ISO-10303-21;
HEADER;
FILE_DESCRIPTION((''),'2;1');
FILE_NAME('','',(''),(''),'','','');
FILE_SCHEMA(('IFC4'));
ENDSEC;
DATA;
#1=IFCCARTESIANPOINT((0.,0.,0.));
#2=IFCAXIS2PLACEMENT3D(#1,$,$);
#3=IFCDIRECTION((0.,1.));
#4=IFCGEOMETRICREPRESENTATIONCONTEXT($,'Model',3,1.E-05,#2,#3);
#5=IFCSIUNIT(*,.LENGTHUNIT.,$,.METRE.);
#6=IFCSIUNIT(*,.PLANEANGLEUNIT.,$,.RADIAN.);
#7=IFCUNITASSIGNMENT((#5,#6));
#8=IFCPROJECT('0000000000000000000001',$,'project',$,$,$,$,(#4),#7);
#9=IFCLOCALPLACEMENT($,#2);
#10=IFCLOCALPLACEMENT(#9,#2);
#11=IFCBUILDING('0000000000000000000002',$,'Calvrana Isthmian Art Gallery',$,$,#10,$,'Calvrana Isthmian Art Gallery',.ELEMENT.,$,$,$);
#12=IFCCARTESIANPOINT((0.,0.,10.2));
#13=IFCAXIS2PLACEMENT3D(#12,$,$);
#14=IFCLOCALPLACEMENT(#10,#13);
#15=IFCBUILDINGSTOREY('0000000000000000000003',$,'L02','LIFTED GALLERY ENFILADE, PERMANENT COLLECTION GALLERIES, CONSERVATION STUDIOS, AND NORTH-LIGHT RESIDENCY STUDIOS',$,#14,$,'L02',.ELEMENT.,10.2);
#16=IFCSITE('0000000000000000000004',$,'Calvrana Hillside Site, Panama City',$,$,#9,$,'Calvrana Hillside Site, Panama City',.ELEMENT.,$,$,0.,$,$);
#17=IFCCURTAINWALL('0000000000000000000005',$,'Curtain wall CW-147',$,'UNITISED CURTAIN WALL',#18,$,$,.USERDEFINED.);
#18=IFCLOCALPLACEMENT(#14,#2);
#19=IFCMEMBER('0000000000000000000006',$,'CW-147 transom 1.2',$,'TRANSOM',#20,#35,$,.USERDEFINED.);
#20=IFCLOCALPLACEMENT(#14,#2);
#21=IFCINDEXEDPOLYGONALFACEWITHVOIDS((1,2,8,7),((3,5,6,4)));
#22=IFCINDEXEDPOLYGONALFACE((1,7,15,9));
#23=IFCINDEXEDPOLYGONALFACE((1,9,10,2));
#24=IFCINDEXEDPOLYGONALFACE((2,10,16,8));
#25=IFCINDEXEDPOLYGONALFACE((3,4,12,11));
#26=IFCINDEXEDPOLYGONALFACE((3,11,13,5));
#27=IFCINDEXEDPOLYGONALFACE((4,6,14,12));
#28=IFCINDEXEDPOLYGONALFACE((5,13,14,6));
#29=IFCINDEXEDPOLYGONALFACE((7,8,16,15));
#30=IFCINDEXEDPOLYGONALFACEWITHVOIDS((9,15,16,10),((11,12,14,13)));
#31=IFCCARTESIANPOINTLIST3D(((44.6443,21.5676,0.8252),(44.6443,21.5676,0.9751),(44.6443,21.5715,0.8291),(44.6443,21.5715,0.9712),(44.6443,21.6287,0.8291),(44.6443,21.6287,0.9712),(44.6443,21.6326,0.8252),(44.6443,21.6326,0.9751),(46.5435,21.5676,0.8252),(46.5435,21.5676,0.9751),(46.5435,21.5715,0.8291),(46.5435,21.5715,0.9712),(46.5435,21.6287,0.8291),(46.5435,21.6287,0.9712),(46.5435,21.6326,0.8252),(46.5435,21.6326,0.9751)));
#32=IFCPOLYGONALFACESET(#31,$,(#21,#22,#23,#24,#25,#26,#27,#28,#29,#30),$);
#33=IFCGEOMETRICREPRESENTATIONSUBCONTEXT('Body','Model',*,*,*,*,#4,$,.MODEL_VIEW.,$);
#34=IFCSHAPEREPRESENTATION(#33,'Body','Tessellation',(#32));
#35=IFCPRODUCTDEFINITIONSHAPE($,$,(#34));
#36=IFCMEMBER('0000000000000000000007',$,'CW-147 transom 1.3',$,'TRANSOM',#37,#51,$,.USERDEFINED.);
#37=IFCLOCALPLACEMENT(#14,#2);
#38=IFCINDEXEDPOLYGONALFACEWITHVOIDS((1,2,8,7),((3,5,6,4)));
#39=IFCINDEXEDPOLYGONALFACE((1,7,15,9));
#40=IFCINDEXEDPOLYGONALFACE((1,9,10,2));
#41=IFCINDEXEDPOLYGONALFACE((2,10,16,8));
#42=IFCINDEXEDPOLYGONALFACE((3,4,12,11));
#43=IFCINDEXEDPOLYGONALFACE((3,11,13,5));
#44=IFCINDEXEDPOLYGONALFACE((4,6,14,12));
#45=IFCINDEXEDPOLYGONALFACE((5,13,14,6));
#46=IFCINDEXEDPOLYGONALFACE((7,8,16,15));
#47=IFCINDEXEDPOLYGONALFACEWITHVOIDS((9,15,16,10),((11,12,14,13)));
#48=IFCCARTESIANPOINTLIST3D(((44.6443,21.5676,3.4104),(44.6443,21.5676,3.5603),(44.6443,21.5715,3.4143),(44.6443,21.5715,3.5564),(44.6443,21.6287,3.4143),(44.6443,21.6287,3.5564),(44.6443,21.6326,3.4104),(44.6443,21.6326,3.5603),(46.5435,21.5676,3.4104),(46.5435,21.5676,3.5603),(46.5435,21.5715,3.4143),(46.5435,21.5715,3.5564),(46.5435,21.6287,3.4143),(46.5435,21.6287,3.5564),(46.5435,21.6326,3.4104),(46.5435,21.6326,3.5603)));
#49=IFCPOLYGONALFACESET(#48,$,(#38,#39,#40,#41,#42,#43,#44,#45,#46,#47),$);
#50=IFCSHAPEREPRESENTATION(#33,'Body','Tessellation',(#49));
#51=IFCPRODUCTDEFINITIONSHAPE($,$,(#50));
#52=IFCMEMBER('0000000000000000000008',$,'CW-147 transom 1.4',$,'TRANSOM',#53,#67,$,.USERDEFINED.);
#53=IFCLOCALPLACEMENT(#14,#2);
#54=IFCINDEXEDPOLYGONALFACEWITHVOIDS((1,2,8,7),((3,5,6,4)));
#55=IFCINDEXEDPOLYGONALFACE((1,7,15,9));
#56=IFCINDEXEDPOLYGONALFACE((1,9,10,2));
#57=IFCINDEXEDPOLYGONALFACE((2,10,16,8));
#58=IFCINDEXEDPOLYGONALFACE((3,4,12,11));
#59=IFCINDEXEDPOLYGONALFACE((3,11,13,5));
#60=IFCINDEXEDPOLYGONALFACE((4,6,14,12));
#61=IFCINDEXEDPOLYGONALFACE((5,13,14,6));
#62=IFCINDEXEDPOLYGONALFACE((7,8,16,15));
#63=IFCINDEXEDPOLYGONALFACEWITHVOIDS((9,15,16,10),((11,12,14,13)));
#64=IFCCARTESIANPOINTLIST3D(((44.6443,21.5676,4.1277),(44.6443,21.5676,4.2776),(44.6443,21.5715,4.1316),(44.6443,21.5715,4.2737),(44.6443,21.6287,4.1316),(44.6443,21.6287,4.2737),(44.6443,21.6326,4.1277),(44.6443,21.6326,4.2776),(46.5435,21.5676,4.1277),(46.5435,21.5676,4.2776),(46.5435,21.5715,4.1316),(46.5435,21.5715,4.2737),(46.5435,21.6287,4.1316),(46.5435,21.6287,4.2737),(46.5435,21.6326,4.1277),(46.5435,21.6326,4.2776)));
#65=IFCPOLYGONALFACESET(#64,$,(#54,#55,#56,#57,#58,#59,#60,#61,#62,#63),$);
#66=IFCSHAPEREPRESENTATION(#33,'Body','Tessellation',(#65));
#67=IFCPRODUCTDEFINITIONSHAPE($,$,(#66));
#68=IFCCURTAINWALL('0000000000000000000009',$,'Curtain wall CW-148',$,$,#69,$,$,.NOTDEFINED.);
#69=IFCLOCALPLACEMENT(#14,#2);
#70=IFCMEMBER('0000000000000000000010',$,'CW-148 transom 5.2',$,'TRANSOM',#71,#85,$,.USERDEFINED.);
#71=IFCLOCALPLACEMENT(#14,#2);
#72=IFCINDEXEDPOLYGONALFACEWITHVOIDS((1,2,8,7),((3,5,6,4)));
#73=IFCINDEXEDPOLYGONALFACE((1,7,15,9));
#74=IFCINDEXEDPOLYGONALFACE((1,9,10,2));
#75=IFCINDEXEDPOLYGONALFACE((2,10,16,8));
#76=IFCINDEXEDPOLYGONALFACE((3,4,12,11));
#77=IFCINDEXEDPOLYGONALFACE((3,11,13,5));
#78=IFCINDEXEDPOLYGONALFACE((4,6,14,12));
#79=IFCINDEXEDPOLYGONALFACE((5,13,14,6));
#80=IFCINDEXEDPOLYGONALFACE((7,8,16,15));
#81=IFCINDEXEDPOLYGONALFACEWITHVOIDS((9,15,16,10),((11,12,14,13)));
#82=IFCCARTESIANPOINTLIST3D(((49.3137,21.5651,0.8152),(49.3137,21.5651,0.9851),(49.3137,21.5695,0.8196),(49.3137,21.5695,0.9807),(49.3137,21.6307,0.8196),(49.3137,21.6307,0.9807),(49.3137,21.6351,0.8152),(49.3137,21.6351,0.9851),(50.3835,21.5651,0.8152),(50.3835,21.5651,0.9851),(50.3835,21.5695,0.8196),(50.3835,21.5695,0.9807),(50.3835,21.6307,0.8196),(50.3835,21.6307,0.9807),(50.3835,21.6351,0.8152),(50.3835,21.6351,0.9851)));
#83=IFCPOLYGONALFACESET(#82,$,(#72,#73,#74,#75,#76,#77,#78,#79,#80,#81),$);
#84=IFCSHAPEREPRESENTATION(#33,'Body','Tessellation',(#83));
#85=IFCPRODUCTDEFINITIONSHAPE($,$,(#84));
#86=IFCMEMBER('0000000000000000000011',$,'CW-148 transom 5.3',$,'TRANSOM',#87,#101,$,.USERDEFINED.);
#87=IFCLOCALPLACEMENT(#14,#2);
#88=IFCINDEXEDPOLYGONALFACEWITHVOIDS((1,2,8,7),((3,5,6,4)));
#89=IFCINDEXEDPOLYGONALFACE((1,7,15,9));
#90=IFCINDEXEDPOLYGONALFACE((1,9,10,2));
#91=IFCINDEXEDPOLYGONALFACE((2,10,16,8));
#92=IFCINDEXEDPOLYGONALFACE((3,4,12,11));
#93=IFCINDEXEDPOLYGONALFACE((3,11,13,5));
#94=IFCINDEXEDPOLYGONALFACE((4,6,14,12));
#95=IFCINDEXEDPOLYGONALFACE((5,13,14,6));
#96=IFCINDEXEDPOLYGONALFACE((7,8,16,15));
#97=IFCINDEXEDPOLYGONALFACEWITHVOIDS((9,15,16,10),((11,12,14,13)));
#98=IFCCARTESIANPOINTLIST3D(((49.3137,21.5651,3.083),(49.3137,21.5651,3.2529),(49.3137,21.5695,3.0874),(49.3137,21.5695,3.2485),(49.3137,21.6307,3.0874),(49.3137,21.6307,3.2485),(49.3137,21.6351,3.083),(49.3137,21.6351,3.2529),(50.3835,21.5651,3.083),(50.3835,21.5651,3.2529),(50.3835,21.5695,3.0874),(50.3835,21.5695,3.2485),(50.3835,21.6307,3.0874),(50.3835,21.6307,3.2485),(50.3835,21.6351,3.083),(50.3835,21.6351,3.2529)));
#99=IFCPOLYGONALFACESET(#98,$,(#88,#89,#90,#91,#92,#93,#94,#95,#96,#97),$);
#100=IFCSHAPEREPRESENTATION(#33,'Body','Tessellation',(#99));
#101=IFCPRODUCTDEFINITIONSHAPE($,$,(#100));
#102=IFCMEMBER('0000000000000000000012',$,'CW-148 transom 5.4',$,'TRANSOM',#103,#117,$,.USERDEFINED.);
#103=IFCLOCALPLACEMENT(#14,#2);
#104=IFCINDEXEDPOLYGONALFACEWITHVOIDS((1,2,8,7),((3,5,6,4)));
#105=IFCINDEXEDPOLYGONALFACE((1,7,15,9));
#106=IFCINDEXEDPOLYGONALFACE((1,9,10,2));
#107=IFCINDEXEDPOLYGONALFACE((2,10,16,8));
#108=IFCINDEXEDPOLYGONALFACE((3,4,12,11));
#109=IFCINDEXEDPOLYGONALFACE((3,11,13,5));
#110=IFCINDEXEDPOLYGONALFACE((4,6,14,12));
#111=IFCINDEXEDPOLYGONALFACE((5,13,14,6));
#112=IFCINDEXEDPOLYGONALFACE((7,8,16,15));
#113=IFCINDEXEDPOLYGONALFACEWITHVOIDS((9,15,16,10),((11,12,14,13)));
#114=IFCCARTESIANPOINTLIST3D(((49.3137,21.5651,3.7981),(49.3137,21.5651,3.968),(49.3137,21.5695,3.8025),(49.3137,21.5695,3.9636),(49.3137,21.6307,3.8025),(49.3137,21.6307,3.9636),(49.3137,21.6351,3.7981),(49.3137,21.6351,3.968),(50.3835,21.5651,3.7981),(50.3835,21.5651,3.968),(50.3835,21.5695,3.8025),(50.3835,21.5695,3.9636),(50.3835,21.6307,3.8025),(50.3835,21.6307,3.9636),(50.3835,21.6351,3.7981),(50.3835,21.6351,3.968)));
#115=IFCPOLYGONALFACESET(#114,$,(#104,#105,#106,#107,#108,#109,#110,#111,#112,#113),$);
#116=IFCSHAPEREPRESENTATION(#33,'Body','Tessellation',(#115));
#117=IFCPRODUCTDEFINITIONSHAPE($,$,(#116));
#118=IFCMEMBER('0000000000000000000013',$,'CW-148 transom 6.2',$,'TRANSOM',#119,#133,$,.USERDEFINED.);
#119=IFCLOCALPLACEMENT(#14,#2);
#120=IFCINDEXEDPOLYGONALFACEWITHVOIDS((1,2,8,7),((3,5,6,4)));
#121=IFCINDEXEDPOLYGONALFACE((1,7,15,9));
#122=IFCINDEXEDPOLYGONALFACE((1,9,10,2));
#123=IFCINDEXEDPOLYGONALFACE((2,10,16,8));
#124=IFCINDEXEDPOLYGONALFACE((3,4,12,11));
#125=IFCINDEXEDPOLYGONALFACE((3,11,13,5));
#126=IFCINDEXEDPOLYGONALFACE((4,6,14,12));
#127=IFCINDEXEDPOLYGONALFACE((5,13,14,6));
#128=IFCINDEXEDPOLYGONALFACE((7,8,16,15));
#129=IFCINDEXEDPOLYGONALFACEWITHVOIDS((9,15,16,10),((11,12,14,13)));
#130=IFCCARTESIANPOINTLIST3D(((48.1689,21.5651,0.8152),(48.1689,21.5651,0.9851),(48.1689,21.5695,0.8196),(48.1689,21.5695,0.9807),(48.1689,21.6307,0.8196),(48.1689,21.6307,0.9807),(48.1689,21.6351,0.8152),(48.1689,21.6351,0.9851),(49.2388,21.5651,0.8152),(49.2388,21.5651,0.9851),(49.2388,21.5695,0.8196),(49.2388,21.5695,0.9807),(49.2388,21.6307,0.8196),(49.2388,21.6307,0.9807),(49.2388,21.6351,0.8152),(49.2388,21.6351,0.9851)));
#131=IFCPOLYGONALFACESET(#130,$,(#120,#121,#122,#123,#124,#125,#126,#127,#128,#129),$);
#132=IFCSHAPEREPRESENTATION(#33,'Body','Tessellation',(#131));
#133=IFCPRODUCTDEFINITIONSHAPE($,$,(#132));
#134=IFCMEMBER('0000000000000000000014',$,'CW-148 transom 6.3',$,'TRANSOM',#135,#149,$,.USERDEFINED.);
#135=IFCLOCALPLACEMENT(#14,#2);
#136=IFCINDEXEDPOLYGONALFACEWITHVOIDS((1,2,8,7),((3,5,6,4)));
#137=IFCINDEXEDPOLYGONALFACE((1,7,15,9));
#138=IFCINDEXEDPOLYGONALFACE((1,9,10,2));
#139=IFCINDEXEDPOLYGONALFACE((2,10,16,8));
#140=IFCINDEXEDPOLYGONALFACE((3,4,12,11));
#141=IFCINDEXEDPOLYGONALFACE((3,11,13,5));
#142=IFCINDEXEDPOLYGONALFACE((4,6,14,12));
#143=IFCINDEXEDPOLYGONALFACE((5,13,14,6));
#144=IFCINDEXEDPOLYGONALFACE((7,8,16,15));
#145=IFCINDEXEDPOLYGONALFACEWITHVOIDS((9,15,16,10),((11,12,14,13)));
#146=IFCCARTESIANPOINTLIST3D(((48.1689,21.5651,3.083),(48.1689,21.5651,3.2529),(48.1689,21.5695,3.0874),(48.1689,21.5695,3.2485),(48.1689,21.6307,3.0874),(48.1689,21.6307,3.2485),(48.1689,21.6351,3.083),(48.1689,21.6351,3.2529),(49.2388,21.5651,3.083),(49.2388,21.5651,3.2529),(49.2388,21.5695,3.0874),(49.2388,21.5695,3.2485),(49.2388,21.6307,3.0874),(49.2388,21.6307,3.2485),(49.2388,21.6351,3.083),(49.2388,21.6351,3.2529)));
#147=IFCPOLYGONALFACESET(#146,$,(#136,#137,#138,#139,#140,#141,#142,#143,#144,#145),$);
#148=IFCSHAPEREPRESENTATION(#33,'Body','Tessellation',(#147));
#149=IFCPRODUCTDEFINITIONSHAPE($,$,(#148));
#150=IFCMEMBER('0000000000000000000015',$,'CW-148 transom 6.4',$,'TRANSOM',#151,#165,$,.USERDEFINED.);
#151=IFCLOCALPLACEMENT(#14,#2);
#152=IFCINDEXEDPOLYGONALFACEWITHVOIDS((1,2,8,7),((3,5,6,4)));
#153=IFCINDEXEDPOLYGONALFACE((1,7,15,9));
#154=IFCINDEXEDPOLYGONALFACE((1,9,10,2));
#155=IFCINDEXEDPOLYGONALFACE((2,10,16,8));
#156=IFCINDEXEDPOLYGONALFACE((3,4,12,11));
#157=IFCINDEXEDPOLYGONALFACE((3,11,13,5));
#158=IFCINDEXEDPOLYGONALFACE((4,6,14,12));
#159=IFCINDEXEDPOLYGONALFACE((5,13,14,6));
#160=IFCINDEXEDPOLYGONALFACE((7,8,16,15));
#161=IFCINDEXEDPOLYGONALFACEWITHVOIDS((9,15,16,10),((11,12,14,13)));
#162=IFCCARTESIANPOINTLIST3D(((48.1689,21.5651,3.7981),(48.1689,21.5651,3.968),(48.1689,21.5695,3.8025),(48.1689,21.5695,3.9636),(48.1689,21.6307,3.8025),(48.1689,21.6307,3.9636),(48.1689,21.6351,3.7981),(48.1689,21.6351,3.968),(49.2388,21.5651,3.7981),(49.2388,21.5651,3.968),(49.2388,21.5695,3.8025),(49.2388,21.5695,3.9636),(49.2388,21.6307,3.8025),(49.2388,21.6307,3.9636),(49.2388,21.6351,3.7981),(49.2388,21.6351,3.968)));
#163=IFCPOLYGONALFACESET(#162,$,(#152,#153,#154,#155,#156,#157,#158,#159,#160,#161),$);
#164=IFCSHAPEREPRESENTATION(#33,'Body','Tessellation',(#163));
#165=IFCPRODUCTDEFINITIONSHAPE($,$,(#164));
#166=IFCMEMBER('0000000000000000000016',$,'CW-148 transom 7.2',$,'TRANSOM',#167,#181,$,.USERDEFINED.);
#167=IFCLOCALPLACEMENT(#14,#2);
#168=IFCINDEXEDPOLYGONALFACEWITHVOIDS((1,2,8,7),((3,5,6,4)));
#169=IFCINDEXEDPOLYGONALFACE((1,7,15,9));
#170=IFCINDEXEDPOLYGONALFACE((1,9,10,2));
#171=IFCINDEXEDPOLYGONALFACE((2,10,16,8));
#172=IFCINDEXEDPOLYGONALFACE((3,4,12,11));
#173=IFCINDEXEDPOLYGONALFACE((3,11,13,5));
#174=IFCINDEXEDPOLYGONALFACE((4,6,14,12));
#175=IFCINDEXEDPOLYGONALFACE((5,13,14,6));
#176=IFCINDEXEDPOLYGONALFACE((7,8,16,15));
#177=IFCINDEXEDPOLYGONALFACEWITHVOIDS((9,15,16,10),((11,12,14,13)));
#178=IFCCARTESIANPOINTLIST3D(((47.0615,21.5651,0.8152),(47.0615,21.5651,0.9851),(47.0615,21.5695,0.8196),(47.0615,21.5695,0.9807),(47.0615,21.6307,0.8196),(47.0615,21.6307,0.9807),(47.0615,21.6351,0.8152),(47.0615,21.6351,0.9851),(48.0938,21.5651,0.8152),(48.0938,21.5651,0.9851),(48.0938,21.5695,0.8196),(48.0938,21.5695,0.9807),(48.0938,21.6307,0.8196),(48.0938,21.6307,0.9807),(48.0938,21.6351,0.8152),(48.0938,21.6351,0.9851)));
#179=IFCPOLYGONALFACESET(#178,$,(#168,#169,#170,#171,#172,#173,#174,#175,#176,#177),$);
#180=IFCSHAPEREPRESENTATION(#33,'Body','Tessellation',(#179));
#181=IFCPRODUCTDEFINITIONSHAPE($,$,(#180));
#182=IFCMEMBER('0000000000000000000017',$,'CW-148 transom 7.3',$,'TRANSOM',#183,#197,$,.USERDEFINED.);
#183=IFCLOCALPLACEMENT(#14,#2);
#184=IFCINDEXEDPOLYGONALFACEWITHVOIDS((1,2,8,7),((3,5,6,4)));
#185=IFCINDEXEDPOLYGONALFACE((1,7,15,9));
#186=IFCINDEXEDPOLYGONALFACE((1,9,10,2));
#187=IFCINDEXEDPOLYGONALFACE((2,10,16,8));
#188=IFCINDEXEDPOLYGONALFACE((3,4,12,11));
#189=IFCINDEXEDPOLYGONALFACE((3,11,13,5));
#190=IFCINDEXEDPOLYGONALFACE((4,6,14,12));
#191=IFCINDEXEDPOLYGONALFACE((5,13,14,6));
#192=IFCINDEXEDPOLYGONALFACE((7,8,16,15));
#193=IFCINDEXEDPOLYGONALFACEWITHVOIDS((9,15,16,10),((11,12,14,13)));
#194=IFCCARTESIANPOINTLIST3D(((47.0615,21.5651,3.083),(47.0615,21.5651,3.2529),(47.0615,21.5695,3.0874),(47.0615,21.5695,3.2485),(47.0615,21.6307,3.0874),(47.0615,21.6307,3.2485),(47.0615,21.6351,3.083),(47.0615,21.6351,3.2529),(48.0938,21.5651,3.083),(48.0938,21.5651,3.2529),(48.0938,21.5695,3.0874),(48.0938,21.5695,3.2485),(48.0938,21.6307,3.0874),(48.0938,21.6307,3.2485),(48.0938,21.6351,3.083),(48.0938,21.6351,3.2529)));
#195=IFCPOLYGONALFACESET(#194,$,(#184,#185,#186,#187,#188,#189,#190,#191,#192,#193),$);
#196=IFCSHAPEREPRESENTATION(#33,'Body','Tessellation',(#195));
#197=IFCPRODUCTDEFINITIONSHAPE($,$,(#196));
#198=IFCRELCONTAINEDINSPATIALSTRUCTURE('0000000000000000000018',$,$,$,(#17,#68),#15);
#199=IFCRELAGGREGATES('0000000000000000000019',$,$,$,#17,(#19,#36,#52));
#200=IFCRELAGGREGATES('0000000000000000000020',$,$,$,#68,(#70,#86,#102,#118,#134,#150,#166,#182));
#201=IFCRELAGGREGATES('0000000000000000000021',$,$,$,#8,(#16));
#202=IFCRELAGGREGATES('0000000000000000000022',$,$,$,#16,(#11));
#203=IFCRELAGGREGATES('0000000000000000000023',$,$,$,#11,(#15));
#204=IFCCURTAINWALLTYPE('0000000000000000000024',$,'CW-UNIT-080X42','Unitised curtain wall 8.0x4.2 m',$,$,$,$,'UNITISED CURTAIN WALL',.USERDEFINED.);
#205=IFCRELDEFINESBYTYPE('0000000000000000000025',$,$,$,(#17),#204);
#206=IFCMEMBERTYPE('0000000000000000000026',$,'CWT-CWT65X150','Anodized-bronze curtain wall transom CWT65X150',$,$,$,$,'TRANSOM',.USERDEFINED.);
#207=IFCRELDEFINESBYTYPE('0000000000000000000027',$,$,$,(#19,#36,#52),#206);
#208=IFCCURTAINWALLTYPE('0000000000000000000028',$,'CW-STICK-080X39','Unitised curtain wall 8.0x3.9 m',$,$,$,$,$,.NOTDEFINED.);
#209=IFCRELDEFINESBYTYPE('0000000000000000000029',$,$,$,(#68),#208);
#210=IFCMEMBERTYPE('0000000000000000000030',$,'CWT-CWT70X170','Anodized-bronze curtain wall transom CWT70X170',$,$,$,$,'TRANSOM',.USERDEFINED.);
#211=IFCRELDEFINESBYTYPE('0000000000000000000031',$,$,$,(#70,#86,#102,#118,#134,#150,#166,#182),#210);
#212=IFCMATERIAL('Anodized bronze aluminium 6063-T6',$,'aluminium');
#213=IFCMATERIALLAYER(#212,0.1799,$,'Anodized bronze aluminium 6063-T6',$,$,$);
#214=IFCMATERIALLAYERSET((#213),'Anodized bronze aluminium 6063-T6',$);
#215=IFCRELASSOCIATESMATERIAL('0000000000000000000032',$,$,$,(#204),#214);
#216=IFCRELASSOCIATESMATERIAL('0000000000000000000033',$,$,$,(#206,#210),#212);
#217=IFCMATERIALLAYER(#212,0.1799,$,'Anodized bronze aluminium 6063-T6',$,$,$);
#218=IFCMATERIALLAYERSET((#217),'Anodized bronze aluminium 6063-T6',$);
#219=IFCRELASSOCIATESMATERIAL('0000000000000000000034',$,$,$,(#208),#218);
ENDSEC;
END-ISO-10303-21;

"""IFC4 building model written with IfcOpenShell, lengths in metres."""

from ifc_helpers import new_model, si_unit, direction, frame, origin, origin_2d, place, context, subcontext, project, spatial, hollow_rectangle, extrude, material, layer, layer_set, material_profile, profile_set, type_object, element, aggregate, save


model = new_model("IFC4")

# Units and contexts
model_context = context("Model", 3, precision=1e-05, world=origin(), true_north=direction((0.0, 1.0)))
body_context = subcontext(model_context, "Body", "Model", "MODEL_VIEW")
ifc_project = project(units=[si_unit("LENGTHUNIT", "METRE"), si_unit("PLANEANGLEUNIT", "RADIAN")], contexts=[model_context])

# Site, building, storey
site_placement = place(None, origin())
site = spatial("IfcSite", under=ifc_project, at=site_placement, Name="Calvrana Hillside Site, Panama City", LongName="Calvrana Hillside Site, Panama City", CompositionType="ELEMENT", RefElevation=0.0)
building_placement = place(site_placement, origin())
building = spatial("IfcBuilding", under=site, at=building_placement, Name="Calvrana Isthmian Art Gallery", LongName="Calvrana Isthmian Art Gallery", CompositionType="ELEMENT")
storey_placement = place(building_placement, frame((0.0, 0.0, 10.2)))
storey = spatial("IfcBuildingStorey", under=building, at=storey_placement, Name="L02", Description="LIFTED GALLERY ENFILADE, PERMANENT COLLECTION GALLERIES, CONSERVATION STUDIOS, AND NORTH-LIGHT RESIDENCY STUDIOS", LongName="L02", CompositionType="ELEMENT", Elevation=10.2)

# Curtain wall, members
ifc_material_1 = material(Name="Anodized bronze aluminium 6063-T6", Category="aluminium")
ifc_layer_1 = layer(ifc_material_1, 0.1799, Name="Anodized bronze aluminium 6063-T6")
ifc_layer_set_1 = layer_set([ifc_layer_1], Name="Anodized bronze aluminium 6063-T6")
curtain_wall_type_1 = type_object("IfcCurtainWallType", Name="CW-UNIT-080X42", Description="Unitised curtain wall 8.0x4.2 m", ElementType="UNITISED CURTAIN WALL", PredefinedType="USERDEFINED", material=ifc_layer_set_1)
curtain_wall_1_placement = place(storey_placement, origin())
curtain_wall_1 = element("IfcCurtainWall", 1, at=curtain_wall_1_placement, inside=storey, type_object=curtain_wall_type_1, Name="Curtain wall CW-147", ObjectType="UNITISED CURTAIN WALL", PredefinedType="USERDEFINED")
ifc_material_profile_1 = material_profile(ifc_material_1, hollow_rectangle(XDim=0.0649, YDim=0.1499, WallThickness=0.0039, at=origin_2d()), Name="CWT65X150")
ifc_profile_set_1 = profile_set([ifc_material_profile_1], Name="Anodized bronze aluminium 6063-T6")
member_type_1 = type_object("IfcMemberType", Name="CWT-CWT65X150", Description="Anodized-bronze curtain wall transom CWT65X150", ElementType="TRANSOM", PredefinedType="USERDEFINED", material=ifc_profile_set_1)
member_1_placement = place(storey_placement, frame((46.5435, 21.6001, 0.9001), z_axis=(-1.0, 0.0, 0.0), x_axis=(0.0, -1.0, 0.0)))
member_1 = element("IfcMember", 2, at=member_1_placement, type_object=member_type_1, Name="CW-147 transom 1.2", ObjectType="TRANSOM", PredefinedType="USERDEFINED", context=body_context, shape_type="SweptSolid", body=[
    extrude(hollow_rectangle(XDim=0.0649, YDim=0.1499, WallThickness=0.0039, at=origin_2d()), origin(), (0.0, 0.0, 1.0), 1.8992),
])
member_2_placement = place(storey_placement, frame((46.5435, 21.6001, 3.4854), z_axis=(-1.0, 0.0, 0.0), x_axis=(0.0, -1.0, 0.0)))
member_2 = element("IfcMember", 3, at=member_2_placement, type_object=member_type_1, Name="CW-147 transom 1.3", ObjectType="TRANSOM", PredefinedType="USERDEFINED", context=body_context, shape_type="SweptSolid", body=[
    extrude(hollow_rectangle(XDim=0.0649, YDim=0.1499, WallThickness=0.0039, at=origin_2d()), origin(), (0.0, 0.0, 1.0), 1.8992),
])
member_3_placement = place(storey_placement, frame((46.5435, 21.6001, 4.2026), z_axis=(-1.0, 0.0, 0.0), x_axis=(0.0, -1.0, 0.0)))
member_3 = element("IfcMember", 4, at=member_3_placement, type_object=member_type_1, Name="CW-147 transom 1.4", ObjectType="TRANSOM", PredefinedType="USERDEFINED", context=body_context, shape_type="SweptSolid", body=[
    extrude(hollow_rectangle(XDim=0.0649, YDim=0.1499, WallThickness=0.0039, at=origin_2d()), origin(), (0.0, 0.0, 1.0), 1.8992),
])
aggregate(curtain_wall_1, [member_1, member_2, member_3])

# Curtain wall, members
ifc_layer_2 = layer(ifc_material_1, 0.1799, Name="Anodized bronze aluminium 6063-T6")
ifc_layer_set_2 = layer_set([ifc_layer_2], Name="Anodized bronze aluminium 6063-T6")
curtain_wall_type_2 = type_object("IfcCurtainWallType", Name="CW-STICK-080X39", Description="Unitised curtain wall 8.0x3.9 m", PredefinedType="NOTDEFINED", material=ifc_layer_set_2)
curtain_wall_2_placement = place(storey_placement, origin())
curtain_wall_2 = element("IfcCurtainWall", 5, at=curtain_wall_2_placement, inside=storey, type_object=curtain_wall_type_2, Name="Curtain wall CW-148", PredefinedType="NOTDEFINED")
ifc_material_profile_2 = material_profile(ifc_material_1, hollow_rectangle(XDim=0.0701, YDim=0.1699, WallThickness=0.0044, at=origin_2d()), Name="CWT70X170")
ifc_profile_set_2 = profile_set([ifc_material_profile_2], Name="Anodized bronze aluminium 6063-T6")
member_type_2 = type_object("IfcMemberType", Name="CWT-CWT70X170", Description="Anodized-bronze curtain wall transom CWT70X170", ElementType="TRANSOM", PredefinedType="USERDEFINED", material=ifc_profile_set_2)
member_4_placement = place(storey_placement, frame((50.3835, 21.6001, 0.9001), z_axis=(-1.0, 0.0, 0.0), x_axis=(0.0, -1.0, 0.0)))
member_4 = element("IfcMember", 6, at=member_4_placement, type_object=member_type_2, Name="CW-148 transom 5.2", ObjectType="TRANSOM", PredefinedType="USERDEFINED", context=body_context, shape_type="SweptSolid", body=[
    extrude(hollow_rectangle(XDim=0.0701, YDim=0.1699, WallThickness=0.0044, at=origin_2d()), origin(), (0.0, 0.0, 1.0), 1.0698),
])
member_5_placement = place(storey_placement, frame((50.3835, 21.6001, 3.168), z_axis=(-1.0, 0.0, 0.0), x_axis=(0.0, -1.0, 0.0)))
member_5 = element("IfcMember", 7, at=member_5_placement, type_object=member_type_2, Name="CW-148 transom 5.3", ObjectType="TRANSOM", PredefinedType="USERDEFINED", context=body_context, shape_type="SweptSolid", body=[
    extrude(hollow_rectangle(XDim=0.0701, YDim=0.1699, WallThickness=0.0044, at=origin_2d()), origin(), (0.0, 0.0, 1.0), 1.0698),
])
member_6_placement = place(storey_placement, frame((50.3835, 21.6001, 3.8831), z_axis=(-1.0, 0.0, 0.0), x_axis=(0.0, -1.0, 0.0)))
member_6 = element("IfcMember", 8, at=member_6_placement, type_object=member_type_2, Name="CW-148 transom 5.4", ObjectType="TRANSOM", PredefinedType="USERDEFINED", context=body_context, shape_type="SweptSolid", body=[
    extrude(hollow_rectangle(XDim=0.0701, YDim=0.1699, WallThickness=0.0044, at=origin_2d()), origin(), (0.0, 0.0, 1.0), 1.0698),
])
member_7_placement = place(storey_placement, frame((49.2388, 21.6001, 0.9001), z_axis=(-1.0, 0.0, 0.0), x_axis=(0.0, -1.0, 0.0)))
member_7 = element("IfcMember", 9, at=member_7_placement, type_object=member_type_2, Name="CW-148 transom 6.2", ObjectType="TRANSOM", PredefinedType="USERDEFINED", context=body_context, shape_type="SweptSolid", body=[
    extrude(hollow_rectangle(XDim=0.0701, YDim=0.1699, WallThickness=0.0044, at=origin_2d()), origin(), (0.0, 0.0, 1.0), 1.0698),
])
member_8_placement = place(storey_placement, frame((49.2388, 21.6001, 3.168), z_axis=(-1.0, 0.0, 0.0), x_axis=(0.0, -1.0, 0.0)))
member_8 = element("IfcMember", 10, at=member_8_placement, type_object=member_type_2, Name="CW-148 transom 6.3", ObjectType="TRANSOM", PredefinedType="USERDEFINED", context=body_context, shape_type="SweptSolid", body=[
    extrude(hollow_rectangle(XDim=0.0701, YDim=0.1699, WallThickness=0.0044, at=origin_2d()), origin(), (0.0, 0.0, 1.0), 1.0698),
])
member_9_placement = place(storey_placement, frame((49.2388, 21.6001, 3.8831), z_axis=(-1.0, 0.0, 0.0), x_axis=(0.0, -1.0, 0.0)))
member_9 = element("IfcMember", 11, at=member_9_placement, type_object=member_type_2, Name="CW-148 transom 6.4", ObjectType="TRANSOM", PredefinedType="USERDEFINED", context=body_context, shape_type="SweptSolid", body=[
    extrude(hollow_rectangle(XDim=0.0701, YDim=0.1699, WallThickness=0.0044, at=origin_2d()), origin(), (0.0, 0.0, 1.0), 1.0698),
])
member_10_placement = place(storey_placement, frame((48.0938, 21.6001, 0.9001), z_axis=(-1.0, 0.0, 0.0), x_axis=(0.0, -1.0, 0.0)))
member_10 = element("IfcMember", 12, at=member_10_placement, type_object=member_type_2, Name="CW-148 transom 7.2", ObjectType="TRANSOM", PredefinedType="USERDEFINED", context=body_context, shape_type="SweptSolid", body=[
    extrude(hollow_rectangle(XDim=0.0701, YDim=0.1699, WallThickness=0.0044, at=origin_2d()), origin(), (0.0, 0.0, 1.0), 1.0322),
])
member_11_placement = place(storey_placement, frame((48.0938, 21.6001, 3.168), z_axis=(-1.0, 0.0, 0.0), x_axis=(0.0, -1.0, 0.0)))
member_11 = element("IfcMember", 13, at=member_11_placement, type_object=member_type_2, Name="CW-148 transom 7.3", ObjectType="TRANSOM", PredefinedType="USERDEFINED", context=body_context, shape_type="SweptSolid", body=[
    extrude(hollow_rectangle(XDim=0.0701, YDim=0.1699, WallThickness=0.0044, at=origin_2d()), origin(), (0.0, 0.0, 1.0), 1.0322),
])
aggregate(curtain_wall_2, [member_4, member_5, member_6, member_7, member_8, member_9, member_10, member_11])

save(model, "model.ifc")
